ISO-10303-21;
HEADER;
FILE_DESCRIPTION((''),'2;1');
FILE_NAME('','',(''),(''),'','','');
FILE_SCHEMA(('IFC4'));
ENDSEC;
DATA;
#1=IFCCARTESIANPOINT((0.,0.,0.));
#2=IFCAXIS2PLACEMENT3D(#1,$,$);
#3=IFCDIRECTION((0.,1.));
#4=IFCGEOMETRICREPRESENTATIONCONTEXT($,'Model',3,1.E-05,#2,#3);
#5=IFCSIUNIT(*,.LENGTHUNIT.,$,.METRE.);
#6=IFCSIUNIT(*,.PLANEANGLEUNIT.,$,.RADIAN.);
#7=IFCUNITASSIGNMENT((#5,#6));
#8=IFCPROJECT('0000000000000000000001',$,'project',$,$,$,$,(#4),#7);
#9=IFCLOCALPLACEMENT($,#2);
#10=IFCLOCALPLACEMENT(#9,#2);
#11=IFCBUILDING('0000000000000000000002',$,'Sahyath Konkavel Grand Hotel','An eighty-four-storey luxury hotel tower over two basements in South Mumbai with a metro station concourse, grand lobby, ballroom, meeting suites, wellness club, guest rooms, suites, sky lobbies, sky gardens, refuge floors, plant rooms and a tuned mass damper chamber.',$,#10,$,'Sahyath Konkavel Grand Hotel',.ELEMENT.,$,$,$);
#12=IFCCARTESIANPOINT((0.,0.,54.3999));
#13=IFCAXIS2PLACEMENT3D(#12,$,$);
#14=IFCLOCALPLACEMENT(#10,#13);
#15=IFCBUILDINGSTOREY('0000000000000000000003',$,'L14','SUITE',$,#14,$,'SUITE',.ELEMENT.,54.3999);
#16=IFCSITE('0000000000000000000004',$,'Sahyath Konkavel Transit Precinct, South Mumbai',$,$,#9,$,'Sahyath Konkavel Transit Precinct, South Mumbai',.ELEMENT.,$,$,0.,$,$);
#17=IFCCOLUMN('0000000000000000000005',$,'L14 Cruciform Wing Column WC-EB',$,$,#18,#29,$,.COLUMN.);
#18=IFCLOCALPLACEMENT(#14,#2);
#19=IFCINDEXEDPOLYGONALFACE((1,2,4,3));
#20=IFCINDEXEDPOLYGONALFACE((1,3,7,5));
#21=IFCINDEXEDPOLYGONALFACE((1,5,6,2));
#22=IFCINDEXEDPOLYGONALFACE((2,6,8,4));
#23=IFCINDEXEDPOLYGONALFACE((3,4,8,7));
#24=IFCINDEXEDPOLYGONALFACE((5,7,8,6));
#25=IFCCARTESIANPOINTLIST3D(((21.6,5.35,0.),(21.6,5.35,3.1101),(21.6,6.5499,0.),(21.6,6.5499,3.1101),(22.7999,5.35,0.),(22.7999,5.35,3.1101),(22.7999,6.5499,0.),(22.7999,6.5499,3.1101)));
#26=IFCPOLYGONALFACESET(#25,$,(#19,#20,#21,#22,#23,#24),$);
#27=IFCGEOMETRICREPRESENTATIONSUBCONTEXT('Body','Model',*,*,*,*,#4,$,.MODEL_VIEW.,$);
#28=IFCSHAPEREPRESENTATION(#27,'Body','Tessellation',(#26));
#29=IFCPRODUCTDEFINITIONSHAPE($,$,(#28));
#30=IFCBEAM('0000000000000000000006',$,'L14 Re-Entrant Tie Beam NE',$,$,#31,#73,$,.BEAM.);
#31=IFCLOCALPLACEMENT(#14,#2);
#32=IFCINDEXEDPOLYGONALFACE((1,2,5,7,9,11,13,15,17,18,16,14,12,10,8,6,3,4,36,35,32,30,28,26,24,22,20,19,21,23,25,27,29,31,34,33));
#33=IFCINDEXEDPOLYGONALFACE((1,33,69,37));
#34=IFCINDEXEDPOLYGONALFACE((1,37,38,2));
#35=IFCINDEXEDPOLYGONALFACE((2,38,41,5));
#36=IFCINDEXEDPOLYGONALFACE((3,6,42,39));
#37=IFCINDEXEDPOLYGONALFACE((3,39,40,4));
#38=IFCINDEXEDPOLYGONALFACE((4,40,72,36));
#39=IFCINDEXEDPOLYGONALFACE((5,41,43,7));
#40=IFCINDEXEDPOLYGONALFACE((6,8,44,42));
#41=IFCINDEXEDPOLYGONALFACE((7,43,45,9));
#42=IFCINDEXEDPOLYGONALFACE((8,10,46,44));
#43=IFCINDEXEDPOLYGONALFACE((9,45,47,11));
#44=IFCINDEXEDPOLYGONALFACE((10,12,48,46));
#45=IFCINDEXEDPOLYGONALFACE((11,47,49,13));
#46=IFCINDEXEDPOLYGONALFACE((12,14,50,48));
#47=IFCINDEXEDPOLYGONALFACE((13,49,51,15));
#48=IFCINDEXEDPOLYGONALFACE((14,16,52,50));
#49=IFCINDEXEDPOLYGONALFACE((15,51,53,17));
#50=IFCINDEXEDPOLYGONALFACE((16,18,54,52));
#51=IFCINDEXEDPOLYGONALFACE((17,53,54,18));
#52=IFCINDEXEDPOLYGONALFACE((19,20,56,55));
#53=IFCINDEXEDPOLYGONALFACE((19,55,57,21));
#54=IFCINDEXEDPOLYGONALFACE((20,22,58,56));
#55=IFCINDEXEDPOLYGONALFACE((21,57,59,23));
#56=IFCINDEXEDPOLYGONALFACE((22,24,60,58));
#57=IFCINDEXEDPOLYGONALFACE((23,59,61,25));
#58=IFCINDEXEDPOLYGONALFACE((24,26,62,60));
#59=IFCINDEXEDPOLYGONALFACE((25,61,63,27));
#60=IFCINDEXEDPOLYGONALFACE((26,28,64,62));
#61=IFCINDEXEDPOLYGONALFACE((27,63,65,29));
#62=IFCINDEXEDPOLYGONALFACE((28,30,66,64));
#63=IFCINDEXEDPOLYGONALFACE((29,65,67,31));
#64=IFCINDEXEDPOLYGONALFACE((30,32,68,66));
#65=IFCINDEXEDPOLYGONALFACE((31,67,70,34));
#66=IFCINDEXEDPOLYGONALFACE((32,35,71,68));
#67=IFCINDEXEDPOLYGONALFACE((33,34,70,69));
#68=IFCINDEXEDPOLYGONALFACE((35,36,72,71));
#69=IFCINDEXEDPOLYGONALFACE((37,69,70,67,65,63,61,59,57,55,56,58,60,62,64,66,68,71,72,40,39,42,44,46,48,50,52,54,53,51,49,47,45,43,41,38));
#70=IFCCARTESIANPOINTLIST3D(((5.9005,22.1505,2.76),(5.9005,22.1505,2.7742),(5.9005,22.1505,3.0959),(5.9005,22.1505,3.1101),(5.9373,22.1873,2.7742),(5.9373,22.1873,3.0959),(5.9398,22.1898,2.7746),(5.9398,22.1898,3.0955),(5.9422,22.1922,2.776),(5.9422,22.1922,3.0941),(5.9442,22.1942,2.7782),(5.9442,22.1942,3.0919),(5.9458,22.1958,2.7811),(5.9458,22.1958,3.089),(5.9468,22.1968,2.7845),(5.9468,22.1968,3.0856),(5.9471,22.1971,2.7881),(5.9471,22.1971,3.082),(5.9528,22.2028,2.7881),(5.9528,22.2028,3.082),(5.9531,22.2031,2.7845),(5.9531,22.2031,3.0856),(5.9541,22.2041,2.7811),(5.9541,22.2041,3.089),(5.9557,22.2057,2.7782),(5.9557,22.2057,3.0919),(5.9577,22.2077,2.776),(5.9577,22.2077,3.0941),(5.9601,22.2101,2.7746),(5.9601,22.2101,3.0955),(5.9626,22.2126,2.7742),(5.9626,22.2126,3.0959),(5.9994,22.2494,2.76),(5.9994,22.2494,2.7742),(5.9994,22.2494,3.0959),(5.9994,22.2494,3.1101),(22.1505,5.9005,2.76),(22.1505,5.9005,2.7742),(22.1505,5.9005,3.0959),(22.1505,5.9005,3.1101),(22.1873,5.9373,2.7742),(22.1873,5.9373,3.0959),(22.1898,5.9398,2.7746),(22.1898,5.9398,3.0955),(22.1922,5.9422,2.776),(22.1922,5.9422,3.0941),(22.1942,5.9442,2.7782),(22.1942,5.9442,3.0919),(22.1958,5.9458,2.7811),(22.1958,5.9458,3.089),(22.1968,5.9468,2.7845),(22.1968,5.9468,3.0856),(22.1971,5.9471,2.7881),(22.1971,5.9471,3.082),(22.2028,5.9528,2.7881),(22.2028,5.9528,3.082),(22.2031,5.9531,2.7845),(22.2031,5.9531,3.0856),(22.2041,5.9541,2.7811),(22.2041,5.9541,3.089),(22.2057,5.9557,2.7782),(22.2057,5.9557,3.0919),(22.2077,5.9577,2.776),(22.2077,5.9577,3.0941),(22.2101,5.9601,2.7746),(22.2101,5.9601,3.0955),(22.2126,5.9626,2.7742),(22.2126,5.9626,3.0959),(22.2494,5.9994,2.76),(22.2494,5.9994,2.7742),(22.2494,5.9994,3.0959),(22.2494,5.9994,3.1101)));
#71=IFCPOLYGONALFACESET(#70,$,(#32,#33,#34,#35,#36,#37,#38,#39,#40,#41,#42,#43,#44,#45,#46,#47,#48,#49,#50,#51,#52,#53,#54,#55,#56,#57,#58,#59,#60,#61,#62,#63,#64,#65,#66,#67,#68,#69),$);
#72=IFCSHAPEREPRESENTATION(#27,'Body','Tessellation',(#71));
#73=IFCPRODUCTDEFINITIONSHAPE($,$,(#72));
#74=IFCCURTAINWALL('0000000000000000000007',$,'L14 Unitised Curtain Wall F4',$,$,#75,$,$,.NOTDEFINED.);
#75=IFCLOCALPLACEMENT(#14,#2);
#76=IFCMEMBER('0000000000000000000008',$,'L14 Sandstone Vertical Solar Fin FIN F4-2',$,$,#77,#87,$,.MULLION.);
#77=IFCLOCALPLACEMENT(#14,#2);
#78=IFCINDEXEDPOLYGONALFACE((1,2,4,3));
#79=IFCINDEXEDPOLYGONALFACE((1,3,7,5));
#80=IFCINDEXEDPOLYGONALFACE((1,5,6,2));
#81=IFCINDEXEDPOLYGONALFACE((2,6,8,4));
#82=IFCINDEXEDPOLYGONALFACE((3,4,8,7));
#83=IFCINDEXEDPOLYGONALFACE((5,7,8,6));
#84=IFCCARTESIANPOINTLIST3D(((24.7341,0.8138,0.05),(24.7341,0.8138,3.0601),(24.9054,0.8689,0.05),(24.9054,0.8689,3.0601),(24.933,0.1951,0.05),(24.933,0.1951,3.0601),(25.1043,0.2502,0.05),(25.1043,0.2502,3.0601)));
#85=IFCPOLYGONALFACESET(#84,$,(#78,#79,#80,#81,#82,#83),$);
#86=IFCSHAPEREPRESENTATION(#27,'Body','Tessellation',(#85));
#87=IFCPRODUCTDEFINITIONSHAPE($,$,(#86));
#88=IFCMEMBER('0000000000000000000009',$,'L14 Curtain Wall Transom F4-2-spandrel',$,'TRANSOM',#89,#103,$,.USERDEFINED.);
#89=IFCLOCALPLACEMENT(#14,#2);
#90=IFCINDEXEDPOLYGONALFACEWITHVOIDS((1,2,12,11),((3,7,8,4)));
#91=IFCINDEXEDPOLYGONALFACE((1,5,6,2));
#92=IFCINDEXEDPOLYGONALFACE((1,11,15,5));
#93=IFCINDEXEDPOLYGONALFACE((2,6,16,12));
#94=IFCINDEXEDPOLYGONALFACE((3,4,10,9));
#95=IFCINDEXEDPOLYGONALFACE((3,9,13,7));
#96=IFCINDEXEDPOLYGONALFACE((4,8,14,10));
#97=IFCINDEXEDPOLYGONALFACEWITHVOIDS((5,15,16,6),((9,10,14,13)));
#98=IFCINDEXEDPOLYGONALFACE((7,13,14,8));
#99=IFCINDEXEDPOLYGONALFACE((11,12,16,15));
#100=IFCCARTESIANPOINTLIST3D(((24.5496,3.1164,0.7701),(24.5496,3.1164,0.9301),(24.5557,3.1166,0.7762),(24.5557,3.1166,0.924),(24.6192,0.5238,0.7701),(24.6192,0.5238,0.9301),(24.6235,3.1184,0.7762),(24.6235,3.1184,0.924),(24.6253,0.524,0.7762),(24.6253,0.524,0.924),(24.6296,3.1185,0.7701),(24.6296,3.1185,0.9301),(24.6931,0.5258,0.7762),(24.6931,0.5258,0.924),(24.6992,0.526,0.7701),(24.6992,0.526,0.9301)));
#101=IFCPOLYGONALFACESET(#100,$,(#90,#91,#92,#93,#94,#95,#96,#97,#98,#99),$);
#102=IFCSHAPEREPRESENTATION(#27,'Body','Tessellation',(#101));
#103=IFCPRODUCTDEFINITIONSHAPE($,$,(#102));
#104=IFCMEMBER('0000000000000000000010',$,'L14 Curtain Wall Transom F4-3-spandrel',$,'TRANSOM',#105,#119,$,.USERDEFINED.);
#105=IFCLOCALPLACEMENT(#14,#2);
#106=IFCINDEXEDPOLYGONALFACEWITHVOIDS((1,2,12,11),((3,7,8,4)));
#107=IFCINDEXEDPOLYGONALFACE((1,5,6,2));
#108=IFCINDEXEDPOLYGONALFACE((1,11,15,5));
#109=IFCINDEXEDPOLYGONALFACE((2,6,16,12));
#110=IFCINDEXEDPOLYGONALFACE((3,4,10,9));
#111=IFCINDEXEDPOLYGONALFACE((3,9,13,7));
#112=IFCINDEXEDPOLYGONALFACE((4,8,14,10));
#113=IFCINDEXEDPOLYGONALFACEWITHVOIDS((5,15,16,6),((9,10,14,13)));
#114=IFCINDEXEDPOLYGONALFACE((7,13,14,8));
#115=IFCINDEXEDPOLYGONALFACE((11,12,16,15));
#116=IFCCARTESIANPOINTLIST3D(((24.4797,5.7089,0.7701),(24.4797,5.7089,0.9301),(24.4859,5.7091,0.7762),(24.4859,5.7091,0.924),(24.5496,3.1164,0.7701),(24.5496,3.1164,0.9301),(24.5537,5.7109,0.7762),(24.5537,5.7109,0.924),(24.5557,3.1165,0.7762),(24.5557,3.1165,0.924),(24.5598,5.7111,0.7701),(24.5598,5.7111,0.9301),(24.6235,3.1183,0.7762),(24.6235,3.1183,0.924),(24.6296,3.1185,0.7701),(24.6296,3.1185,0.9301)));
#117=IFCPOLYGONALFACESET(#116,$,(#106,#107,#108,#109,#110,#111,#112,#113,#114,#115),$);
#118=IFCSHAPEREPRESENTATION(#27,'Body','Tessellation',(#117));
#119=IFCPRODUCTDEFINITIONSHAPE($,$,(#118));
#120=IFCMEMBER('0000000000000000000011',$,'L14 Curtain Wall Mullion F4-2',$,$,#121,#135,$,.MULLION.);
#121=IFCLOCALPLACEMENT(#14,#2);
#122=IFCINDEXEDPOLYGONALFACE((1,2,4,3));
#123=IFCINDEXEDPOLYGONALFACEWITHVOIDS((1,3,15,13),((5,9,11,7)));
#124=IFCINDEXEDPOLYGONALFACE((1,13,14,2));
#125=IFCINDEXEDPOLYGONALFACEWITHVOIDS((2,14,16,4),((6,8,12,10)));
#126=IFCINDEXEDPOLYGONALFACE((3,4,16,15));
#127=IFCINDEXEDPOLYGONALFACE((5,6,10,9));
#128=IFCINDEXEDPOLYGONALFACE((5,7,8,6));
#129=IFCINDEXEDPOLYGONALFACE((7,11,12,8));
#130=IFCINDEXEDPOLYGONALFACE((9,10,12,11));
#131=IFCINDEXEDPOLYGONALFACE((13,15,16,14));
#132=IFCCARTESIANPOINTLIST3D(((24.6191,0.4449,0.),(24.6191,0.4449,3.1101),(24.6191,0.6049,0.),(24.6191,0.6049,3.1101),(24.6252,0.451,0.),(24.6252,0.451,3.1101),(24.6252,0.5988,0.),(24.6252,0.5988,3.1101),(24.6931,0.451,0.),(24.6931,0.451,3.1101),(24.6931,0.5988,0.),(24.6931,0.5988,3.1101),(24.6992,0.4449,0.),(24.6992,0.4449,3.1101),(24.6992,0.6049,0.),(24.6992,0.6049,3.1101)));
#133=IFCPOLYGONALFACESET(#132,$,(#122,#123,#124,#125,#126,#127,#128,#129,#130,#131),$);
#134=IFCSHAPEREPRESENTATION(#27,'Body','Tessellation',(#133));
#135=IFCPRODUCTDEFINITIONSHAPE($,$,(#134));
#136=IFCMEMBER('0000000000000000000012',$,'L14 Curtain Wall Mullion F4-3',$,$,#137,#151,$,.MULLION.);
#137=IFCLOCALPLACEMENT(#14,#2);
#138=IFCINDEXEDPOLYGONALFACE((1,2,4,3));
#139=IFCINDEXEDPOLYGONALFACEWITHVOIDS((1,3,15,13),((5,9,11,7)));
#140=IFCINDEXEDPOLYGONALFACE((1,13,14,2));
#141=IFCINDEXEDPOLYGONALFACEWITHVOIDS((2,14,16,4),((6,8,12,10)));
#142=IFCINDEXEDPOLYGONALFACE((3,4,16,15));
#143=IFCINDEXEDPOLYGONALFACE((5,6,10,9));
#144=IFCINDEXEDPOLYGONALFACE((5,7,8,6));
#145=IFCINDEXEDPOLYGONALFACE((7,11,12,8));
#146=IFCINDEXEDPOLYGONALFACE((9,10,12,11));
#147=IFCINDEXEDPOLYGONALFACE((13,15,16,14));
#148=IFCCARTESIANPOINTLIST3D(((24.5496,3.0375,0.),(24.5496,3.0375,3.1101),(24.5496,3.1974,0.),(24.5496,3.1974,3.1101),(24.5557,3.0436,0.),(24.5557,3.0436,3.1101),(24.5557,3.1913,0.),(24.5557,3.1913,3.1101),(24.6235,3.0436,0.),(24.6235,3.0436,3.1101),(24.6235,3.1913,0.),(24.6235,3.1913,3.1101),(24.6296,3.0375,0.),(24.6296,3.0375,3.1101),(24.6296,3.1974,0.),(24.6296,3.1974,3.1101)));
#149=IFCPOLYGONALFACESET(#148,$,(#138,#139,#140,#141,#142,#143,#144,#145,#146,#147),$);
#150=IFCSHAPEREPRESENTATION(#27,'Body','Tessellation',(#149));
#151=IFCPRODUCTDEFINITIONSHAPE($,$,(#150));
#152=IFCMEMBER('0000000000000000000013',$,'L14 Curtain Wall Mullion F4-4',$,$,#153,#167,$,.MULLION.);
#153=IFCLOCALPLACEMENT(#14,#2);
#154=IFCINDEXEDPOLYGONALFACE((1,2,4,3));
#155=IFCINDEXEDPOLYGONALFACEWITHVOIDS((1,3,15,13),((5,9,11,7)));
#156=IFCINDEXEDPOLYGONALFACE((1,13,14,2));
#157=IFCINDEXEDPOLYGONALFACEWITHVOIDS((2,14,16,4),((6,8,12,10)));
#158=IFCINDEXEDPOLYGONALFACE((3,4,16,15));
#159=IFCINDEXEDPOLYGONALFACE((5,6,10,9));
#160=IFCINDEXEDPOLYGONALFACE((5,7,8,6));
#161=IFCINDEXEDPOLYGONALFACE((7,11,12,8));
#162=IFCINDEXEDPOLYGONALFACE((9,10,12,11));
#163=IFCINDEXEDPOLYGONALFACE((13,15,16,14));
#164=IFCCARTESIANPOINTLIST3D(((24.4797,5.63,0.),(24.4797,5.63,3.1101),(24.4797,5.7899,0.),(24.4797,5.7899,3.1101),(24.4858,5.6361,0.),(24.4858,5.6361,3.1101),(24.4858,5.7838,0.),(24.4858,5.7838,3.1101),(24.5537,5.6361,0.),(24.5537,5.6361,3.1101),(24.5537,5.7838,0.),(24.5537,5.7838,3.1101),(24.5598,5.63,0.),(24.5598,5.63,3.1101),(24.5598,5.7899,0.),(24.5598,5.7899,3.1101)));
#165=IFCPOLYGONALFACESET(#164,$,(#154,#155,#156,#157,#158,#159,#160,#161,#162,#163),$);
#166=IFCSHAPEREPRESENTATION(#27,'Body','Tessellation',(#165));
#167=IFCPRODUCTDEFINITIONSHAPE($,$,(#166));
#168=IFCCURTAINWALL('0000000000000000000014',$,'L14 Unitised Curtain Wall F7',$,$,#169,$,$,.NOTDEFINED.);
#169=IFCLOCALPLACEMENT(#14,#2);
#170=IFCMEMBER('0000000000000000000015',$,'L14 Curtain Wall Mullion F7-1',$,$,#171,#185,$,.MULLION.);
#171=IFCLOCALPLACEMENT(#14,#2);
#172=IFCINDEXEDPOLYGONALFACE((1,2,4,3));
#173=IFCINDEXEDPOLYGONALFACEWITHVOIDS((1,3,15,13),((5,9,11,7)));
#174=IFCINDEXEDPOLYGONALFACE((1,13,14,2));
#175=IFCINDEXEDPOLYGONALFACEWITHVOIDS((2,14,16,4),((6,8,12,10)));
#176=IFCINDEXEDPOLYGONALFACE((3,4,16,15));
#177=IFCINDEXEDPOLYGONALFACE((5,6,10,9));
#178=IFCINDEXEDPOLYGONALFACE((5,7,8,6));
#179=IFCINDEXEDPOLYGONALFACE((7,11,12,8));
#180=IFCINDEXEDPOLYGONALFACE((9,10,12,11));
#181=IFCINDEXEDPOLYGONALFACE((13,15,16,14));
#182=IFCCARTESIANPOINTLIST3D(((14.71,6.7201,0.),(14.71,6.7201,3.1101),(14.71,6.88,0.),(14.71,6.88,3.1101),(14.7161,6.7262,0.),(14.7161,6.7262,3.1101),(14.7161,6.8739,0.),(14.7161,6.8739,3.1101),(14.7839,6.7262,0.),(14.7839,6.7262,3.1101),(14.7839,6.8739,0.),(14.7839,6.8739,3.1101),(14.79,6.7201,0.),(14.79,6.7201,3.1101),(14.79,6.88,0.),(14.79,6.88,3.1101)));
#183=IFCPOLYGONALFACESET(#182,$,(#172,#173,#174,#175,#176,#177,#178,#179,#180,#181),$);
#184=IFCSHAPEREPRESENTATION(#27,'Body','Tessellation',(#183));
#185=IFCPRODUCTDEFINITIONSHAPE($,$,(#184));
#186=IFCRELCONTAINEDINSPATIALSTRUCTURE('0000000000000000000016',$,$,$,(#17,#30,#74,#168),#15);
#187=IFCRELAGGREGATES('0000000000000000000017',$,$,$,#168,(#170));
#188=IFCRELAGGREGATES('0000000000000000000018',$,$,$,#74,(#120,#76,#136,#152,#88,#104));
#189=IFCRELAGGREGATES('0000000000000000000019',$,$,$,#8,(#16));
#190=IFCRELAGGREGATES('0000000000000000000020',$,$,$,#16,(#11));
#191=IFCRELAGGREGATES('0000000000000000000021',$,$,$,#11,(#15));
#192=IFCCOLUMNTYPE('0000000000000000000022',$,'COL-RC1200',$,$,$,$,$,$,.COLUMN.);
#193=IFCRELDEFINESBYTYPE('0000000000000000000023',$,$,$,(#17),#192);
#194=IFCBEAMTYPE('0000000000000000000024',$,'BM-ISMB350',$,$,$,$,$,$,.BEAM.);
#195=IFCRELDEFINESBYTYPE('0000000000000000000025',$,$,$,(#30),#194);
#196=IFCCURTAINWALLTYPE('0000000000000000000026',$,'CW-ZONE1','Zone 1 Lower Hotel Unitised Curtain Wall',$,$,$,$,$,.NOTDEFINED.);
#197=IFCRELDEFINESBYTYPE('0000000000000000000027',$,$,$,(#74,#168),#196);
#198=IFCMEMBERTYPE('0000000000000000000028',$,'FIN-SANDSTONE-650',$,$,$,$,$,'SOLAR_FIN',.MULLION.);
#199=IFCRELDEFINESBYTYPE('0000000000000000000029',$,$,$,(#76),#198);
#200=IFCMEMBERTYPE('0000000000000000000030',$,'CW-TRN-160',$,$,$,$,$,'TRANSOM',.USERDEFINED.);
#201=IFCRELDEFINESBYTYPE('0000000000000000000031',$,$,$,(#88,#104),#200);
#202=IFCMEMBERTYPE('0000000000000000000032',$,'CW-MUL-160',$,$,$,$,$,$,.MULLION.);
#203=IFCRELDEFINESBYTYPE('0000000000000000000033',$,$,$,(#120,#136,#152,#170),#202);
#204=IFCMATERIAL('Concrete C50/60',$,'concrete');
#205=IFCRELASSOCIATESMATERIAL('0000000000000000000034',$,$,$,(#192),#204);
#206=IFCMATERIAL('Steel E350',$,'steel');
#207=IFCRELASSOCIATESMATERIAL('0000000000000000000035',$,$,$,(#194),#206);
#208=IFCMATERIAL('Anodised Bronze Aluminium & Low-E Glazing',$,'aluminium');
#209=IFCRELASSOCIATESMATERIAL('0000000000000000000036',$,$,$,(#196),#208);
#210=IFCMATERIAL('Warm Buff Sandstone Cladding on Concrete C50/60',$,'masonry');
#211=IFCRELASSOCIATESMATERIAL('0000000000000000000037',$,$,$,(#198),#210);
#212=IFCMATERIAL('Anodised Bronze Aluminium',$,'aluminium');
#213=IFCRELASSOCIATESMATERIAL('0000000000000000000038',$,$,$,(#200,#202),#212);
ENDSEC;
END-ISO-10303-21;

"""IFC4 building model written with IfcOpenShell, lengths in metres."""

from ifc_helpers import new_model, si_unit, direction, frame, origin, origin_2d, place, context, subcontext, project, spatial, rectangle, hollow_rectangle, i_section, extrude, source, transform, mapped, material, material_profile, profile_set, type_object, element, aggregate, save


model = new_model("IFC4")

# Units and contexts
model_context = context("Model", 3, precision=1e-05, world=origin(), true_north=direction((0.0, 1.0)))
body_context = subcontext(model_context, "Body", "Model", "MODEL_VIEW")
ifc_project = project(units=[si_unit("LENGTHUNIT", "METRE"), si_unit("PLANEANGLEUNIT", "RADIAN")], contexts=[model_context])

# Site, building, storey
site_placement = place(None, origin())
site = spatial("IfcSite", under=ifc_project, at=site_placement, Name="Sahyath Konkavel Transit Precinct, South Mumbai", LongName="Sahyath Konkavel Transit Precinct, South Mumbai", CompositionType="ELEMENT", RefElevation=0.0)
building_placement = place(site_placement, origin())
building = spatial("IfcBuilding", under=site, at=building_placement, Name="Sahyath Konkavel Grand Hotel", Description="An eighty-four-storey luxury hotel tower over two basements in South Mumbai with a metro station concourse, grand lobby, ballroom, meeting suites, wellness club, guest rooms, suites, sky lobbies, sky gardens, refuge floors, plant rooms and a tuned mass damper chamber.", LongName="Sahyath Konkavel Grand Hotel", CompositionType="ELEMENT")
storey_placement = place(building_placement, frame((0.0, 0.0, 54.3999)))
storey = spatial("IfcBuildingStorey", under=building, at=storey_placement, Name="L14", Description="SUITE", LongName="SUITE", CompositionType="ELEMENT", Elevation=54.3999)

# Column
ifc_material_1 = material(Name="Concrete C50/60", Category="concrete")
ifc_material_profile_1 = material_profile(ifc_material_1, rectangle(XDim=1.2, YDim=1.2, at=origin_2d()), Name="RC 1200x1200")
ifc_profile_set_1 = profile_set([ifc_material_profile_1], Name="Concrete C50/60")
column_type = type_object("IfcColumnType", Name="COL-RC1200", PredefinedType="COLUMN", material=ifc_profile_set_1)
shared_shape_1 = source(origin(), body_context, "Body", "SweptSolid", [
    extrude(rectangle(XDim=1.2, YDim=1.2, at=origin_2d()), origin(), (0.0, 0.0, 1.0), 3.1101),
])
column_placement = place(storey_placement, frame((22.2, 5.95, 0.0), z_axis=(0.0, 0.0, 1.0), x_axis=(1.0, 0.0, 0.0)))
element("IfcColumn", 1, at=column_placement, inside=storey, type_object=column_type, Name="L14 Cruciform Wing Column WC-EB", PredefinedType="COLUMN", context=body_context, shape_type="MappedRepresentation", body=[
    mapped(shared_shape_1, transform((0.0, 0.0, 0.0), scale=1.0)),
])

# Beam
ifc_material_2 = material(Name="Steel E350", Category="steel")
ifc_material_profile_2 = material_profile(ifc_material_2, i_section(OverallWidth=0.1399, OverallDepth=0.3501, WebThickness=0.0081, FlangeThickness=0.0142, FilletRadius=0.0139, at=origin_2d()), Name="ISMB 350")
ifc_profile_set_2 = profile_set([ifc_material_profile_2], Name="Steel E350")
beam_type_1 = type_object("IfcBeamType", Name="BM-ISMB350", PredefinedType="BEAM", material=ifc_profile_set_2)
shared_shape_2 = source(origin(), body_context, "Body", "SweptSolid", [
    extrude(i_section(OverallWidth=0.1399, OverallDepth=0.3501, WebThickness=0.0081, FlangeThickness=0.0142, FilletRadius=0.0139, at=origin_2d()), origin(), (0.0, 0.0, 1.0), 22.981),
])
beam_1_placement = place(storey_placement, frame((22.2, 5.95, 2.9351), z_axis=(-0.707107, 0.707107, 0.0), x_axis=(-0.707107, -0.707107, 0.0)))
element("IfcBeam", 2, at=beam_1_placement, inside=storey, type_object=beam_type_1, Name="L14 Re-Entrant Tie Beam NE", PredefinedType="BEAM", context=body_context, shape_type="MappedRepresentation", body=[
    mapped(shared_shape_2, transform((0.0, 0.0, 0.0), scale=1.0)),
])

# Curtain walls, members
ifc_material_3 = material(Name="Anodised Bronze Aluminium & Low-E Glazing", Category="aluminium")
curtain_wall_type = type_object("IfcCurtainWallType", Name="CW-ZONE1", Description="Zone 1 Lower Hotel Unitised Curtain Wall", PredefinedType="NOTDEFINED", material=ifc_material_3)
curtain_wall_1_placement = place(storey_placement, origin())
curtain_wall_1 = element("IfcCurtainWall", 3, at=curtain_wall_1_placement, inside=storey, type_object=curtain_wall_type, Name="L14 Unitised Curtain Wall F4", PredefinedType="NOTDEFINED")
ifc_material_4 = material(Name="Warm Buff Sandstone Cladding on Concrete C50/60", Category="masonry")
ifc_material_profile_3 = material_profile(ifc_material_4, rectangle(XDim=0.1799, YDim=0.6499, at=origin_2d()), Name="FIN 180x650")
ifc_profile_set_3 = profile_set([ifc_material_profile_3], Name="Warm Buff Sandstone Cladding on Concrete C50/60")
member_type_1 = type_object("IfcMemberType", Name="FIN-SANDSTONE-650", ElementType="SOLAR_FIN", PredefinedType="MULLION", material=ifc_profile_set_3)
shared_shape_3 = source(origin(), body_context, "Body", "SweptSolid", [
    extrude(rectangle(XDim=0.1799, YDim=0.6499, at=origin_2d()), origin(), (0.0, 0.0, 1.0), 3.01),
])
member_1_placement = place(storey_placement, frame((24.9192, 0.532, 0.05), z_axis=(0.0, 0.0, 1.0), x_axis=(0.952023, 0.306028, 0.0)))
member_1 = element("IfcMember", 4, at=member_1_placement, type_object=member_type_1, Name="L14 Sandstone Vertical Solar Fin FIN F4-2", PredefinedType="MULLION", context=body_context, shape_type="MappedRepresentation", body=[
    mapped(shared_shape_3, transform((0.0, 0.0, 0.0), scale=1.0)),
])
ifc_material_5 = material(Name="Anodised Bronze Aluminium", Category="aluminium")
ifc_material_profile_4 = material_profile(ifc_material_5, hollow_rectangle(XDim=0.0801, YDim=0.1599, WallThickness=0.0061, at=origin_2d()), Name="RHS 160x80x6")
ifc_profile_set_4 = profile_set([ifc_material_profile_4], Name="Anodised Bronze Aluminium")
member_type_2 = type_object("IfcMemberType", Name="CW-TRN-160", ElementType="TRANSOM", PredefinedType="USERDEFINED", material=ifc_profile_set_4)
shared_shape_4 = source(origin(), body_context, "Body", "SweptSolid", [
    extrude(hollow_rectangle(XDim=0.0801, YDim=0.1599, WallThickness=0.0061, at=origin_2d()), origin(), (0.0, 0.0, 1.0), 2.5935),
])
member_2_placement = place(storey_placement, frame((24.6592, 0.5249, 0.8501), z_axis=(-0.026829, 0.99964, 0.0), x_axis=(-0.99964, -0.026829, 0.0)))
member_2 = element("IfcMember", 5, at=member_2_placement, type_object=member_type_2, Name="L14 Curtain Wall Transom F4-2-spandrel", ObjectType="TRANSOM", PredefinedType="USERDEFINED", context=body_context, shape_type="MappedRepresentation", body=[
    mapped(shared_shape_4, transform((0.0, 0.0, 0.0), scale=1.0)),
])
member_3_placement = place(storey_placement, frame((24.5896, 3.1174, 0.8501), z_axis=(-0.026923, 0.999638, 0.0), x_axis=(-0.999638, -0.026923, 0.0)))
member_3 = element("IfcMember", 6, at=member_3_placement, type_object=member_type_2, Name="L14 Curtain Wall Transom F4-3-spandrel", ObjectType="TRANSOM", PredefinedType="USERDEFINED", context=body_context, shape_type="MappedRepresentation", body=[
    mapped(shared_shape_4, transform((0.0, 0.0, 0.0), scale=1.0)),
])
ifc_material_profile_5 = material_profile(ifc_material_5, hollow_rectangle(XDim=0.0801, YDim=0.1599, WallThickness=0.0061, at=origin_2d()), Name="RHS 160x80x6")
ifc_profile_set_5 = profile_set([ifc_material_profile_5], Name="Anodised Bronze Aluminium")
member_type_3 = type_object("IfcMemberType", Name="CW-MUL-160", PredefinedType="MULLION", material=ifc_profile_set_5)
shared_shape_5 = source(origin(), body_context, "Body", "SweptSolid", [
    extrude(hollow_rectangle(XDim=0.0801, YDim=0.1599, WallThickness=0.0061, at=origin_2d()), origin(), (0.0, 0.0, 1.0), 3.1101),
])
member_4_placement = place(storey_placement, frame((24.6592, 0.5249, 0.0), z_axis=(0.0, 0.0, 1.0), x_axis=(1.0, 0.0, 0.0)))
member_4 = element("IfcMember", 7, at=member_4_placement, type_object=member_type_3, Name="L14 Curtain Wall Mullion F4-2", PredefinedType="MULLION", context=body_context, shape_type="MappedRepresentation", body=[
    mapped(shared_shape_5, transform((0.0, 0.0, 0.0), scale=1.0)),
])
member_5_placement = place(storey_placement, frame((24.5896, 3.1174, 0.0), z_axis=(0.0, 0.0, 1.0), x_axis=(1.0, 0.0, 0.0)))
member_5 = element("IfcMember", 8, at=member_5_placement, type_object=member_type_3, Name="L14 Curtain Wall Mullion F4-3", PredefinedType="MULLION", context=body_context, shape_type="MappedRepresentation", body=[
    mapped(shared_shape_5, transform((0.0, 0.0, 0.0), scale=1.0)),
])
member_6_placement = place(storey_placement, frame((24.5198, 5.71, 0.0), z_axis=(0.0, 0.0, 1.0), x_axis=(1.0, 0.0, 0.0)))
member_6 = element("IfcMember", 9, at=member_6_placement, type_object=member_type_3, Name="L14 Curtain Wall Mullion F4-4", PredefinedType="MULLION", context=body_context, shape_type="MappedRepresentation", body=[
    mapped(shared_shape_5, transform((0.0, 0.0, 0.0), scale=1.0)),
])
curtain_wall_2_placement = place(storey_placement, origin())
curtain_wall_2 = element("IfcCurtainWall", 10, at=curtain_wall_2_placement, inside=storey, type_object=curtain_wall_type, Name="L14 Unitised Curtain Wall F7", PredefinedType="NOTDEFINED")
member_7_placement = place(storey_placement, frame((14.75, 6.8, 0.0), z_axis=(0.0, 0.0, 1.0), x_axis=(1.0, 0.0, 0.0)))
member_7 = element("IfcMember", 11, at=member_7_placement, type_object=member_type_3, Name="L14 Curtain Wall Mullion F7-1", PredefinedType="MULLION", context=body_context, shape_type="MappedRepresentation", body=[
    mapped(shared_shape_5, transform((0.0, 0.0, 0.0), scale=1.0)),
])

aggregate(curtain_wall_2, [member_7])
aggregate(curtain_wall_1, [member_4, member_1, member_5, member_6, member_2, member_3])

save(model, "model.ifc")
